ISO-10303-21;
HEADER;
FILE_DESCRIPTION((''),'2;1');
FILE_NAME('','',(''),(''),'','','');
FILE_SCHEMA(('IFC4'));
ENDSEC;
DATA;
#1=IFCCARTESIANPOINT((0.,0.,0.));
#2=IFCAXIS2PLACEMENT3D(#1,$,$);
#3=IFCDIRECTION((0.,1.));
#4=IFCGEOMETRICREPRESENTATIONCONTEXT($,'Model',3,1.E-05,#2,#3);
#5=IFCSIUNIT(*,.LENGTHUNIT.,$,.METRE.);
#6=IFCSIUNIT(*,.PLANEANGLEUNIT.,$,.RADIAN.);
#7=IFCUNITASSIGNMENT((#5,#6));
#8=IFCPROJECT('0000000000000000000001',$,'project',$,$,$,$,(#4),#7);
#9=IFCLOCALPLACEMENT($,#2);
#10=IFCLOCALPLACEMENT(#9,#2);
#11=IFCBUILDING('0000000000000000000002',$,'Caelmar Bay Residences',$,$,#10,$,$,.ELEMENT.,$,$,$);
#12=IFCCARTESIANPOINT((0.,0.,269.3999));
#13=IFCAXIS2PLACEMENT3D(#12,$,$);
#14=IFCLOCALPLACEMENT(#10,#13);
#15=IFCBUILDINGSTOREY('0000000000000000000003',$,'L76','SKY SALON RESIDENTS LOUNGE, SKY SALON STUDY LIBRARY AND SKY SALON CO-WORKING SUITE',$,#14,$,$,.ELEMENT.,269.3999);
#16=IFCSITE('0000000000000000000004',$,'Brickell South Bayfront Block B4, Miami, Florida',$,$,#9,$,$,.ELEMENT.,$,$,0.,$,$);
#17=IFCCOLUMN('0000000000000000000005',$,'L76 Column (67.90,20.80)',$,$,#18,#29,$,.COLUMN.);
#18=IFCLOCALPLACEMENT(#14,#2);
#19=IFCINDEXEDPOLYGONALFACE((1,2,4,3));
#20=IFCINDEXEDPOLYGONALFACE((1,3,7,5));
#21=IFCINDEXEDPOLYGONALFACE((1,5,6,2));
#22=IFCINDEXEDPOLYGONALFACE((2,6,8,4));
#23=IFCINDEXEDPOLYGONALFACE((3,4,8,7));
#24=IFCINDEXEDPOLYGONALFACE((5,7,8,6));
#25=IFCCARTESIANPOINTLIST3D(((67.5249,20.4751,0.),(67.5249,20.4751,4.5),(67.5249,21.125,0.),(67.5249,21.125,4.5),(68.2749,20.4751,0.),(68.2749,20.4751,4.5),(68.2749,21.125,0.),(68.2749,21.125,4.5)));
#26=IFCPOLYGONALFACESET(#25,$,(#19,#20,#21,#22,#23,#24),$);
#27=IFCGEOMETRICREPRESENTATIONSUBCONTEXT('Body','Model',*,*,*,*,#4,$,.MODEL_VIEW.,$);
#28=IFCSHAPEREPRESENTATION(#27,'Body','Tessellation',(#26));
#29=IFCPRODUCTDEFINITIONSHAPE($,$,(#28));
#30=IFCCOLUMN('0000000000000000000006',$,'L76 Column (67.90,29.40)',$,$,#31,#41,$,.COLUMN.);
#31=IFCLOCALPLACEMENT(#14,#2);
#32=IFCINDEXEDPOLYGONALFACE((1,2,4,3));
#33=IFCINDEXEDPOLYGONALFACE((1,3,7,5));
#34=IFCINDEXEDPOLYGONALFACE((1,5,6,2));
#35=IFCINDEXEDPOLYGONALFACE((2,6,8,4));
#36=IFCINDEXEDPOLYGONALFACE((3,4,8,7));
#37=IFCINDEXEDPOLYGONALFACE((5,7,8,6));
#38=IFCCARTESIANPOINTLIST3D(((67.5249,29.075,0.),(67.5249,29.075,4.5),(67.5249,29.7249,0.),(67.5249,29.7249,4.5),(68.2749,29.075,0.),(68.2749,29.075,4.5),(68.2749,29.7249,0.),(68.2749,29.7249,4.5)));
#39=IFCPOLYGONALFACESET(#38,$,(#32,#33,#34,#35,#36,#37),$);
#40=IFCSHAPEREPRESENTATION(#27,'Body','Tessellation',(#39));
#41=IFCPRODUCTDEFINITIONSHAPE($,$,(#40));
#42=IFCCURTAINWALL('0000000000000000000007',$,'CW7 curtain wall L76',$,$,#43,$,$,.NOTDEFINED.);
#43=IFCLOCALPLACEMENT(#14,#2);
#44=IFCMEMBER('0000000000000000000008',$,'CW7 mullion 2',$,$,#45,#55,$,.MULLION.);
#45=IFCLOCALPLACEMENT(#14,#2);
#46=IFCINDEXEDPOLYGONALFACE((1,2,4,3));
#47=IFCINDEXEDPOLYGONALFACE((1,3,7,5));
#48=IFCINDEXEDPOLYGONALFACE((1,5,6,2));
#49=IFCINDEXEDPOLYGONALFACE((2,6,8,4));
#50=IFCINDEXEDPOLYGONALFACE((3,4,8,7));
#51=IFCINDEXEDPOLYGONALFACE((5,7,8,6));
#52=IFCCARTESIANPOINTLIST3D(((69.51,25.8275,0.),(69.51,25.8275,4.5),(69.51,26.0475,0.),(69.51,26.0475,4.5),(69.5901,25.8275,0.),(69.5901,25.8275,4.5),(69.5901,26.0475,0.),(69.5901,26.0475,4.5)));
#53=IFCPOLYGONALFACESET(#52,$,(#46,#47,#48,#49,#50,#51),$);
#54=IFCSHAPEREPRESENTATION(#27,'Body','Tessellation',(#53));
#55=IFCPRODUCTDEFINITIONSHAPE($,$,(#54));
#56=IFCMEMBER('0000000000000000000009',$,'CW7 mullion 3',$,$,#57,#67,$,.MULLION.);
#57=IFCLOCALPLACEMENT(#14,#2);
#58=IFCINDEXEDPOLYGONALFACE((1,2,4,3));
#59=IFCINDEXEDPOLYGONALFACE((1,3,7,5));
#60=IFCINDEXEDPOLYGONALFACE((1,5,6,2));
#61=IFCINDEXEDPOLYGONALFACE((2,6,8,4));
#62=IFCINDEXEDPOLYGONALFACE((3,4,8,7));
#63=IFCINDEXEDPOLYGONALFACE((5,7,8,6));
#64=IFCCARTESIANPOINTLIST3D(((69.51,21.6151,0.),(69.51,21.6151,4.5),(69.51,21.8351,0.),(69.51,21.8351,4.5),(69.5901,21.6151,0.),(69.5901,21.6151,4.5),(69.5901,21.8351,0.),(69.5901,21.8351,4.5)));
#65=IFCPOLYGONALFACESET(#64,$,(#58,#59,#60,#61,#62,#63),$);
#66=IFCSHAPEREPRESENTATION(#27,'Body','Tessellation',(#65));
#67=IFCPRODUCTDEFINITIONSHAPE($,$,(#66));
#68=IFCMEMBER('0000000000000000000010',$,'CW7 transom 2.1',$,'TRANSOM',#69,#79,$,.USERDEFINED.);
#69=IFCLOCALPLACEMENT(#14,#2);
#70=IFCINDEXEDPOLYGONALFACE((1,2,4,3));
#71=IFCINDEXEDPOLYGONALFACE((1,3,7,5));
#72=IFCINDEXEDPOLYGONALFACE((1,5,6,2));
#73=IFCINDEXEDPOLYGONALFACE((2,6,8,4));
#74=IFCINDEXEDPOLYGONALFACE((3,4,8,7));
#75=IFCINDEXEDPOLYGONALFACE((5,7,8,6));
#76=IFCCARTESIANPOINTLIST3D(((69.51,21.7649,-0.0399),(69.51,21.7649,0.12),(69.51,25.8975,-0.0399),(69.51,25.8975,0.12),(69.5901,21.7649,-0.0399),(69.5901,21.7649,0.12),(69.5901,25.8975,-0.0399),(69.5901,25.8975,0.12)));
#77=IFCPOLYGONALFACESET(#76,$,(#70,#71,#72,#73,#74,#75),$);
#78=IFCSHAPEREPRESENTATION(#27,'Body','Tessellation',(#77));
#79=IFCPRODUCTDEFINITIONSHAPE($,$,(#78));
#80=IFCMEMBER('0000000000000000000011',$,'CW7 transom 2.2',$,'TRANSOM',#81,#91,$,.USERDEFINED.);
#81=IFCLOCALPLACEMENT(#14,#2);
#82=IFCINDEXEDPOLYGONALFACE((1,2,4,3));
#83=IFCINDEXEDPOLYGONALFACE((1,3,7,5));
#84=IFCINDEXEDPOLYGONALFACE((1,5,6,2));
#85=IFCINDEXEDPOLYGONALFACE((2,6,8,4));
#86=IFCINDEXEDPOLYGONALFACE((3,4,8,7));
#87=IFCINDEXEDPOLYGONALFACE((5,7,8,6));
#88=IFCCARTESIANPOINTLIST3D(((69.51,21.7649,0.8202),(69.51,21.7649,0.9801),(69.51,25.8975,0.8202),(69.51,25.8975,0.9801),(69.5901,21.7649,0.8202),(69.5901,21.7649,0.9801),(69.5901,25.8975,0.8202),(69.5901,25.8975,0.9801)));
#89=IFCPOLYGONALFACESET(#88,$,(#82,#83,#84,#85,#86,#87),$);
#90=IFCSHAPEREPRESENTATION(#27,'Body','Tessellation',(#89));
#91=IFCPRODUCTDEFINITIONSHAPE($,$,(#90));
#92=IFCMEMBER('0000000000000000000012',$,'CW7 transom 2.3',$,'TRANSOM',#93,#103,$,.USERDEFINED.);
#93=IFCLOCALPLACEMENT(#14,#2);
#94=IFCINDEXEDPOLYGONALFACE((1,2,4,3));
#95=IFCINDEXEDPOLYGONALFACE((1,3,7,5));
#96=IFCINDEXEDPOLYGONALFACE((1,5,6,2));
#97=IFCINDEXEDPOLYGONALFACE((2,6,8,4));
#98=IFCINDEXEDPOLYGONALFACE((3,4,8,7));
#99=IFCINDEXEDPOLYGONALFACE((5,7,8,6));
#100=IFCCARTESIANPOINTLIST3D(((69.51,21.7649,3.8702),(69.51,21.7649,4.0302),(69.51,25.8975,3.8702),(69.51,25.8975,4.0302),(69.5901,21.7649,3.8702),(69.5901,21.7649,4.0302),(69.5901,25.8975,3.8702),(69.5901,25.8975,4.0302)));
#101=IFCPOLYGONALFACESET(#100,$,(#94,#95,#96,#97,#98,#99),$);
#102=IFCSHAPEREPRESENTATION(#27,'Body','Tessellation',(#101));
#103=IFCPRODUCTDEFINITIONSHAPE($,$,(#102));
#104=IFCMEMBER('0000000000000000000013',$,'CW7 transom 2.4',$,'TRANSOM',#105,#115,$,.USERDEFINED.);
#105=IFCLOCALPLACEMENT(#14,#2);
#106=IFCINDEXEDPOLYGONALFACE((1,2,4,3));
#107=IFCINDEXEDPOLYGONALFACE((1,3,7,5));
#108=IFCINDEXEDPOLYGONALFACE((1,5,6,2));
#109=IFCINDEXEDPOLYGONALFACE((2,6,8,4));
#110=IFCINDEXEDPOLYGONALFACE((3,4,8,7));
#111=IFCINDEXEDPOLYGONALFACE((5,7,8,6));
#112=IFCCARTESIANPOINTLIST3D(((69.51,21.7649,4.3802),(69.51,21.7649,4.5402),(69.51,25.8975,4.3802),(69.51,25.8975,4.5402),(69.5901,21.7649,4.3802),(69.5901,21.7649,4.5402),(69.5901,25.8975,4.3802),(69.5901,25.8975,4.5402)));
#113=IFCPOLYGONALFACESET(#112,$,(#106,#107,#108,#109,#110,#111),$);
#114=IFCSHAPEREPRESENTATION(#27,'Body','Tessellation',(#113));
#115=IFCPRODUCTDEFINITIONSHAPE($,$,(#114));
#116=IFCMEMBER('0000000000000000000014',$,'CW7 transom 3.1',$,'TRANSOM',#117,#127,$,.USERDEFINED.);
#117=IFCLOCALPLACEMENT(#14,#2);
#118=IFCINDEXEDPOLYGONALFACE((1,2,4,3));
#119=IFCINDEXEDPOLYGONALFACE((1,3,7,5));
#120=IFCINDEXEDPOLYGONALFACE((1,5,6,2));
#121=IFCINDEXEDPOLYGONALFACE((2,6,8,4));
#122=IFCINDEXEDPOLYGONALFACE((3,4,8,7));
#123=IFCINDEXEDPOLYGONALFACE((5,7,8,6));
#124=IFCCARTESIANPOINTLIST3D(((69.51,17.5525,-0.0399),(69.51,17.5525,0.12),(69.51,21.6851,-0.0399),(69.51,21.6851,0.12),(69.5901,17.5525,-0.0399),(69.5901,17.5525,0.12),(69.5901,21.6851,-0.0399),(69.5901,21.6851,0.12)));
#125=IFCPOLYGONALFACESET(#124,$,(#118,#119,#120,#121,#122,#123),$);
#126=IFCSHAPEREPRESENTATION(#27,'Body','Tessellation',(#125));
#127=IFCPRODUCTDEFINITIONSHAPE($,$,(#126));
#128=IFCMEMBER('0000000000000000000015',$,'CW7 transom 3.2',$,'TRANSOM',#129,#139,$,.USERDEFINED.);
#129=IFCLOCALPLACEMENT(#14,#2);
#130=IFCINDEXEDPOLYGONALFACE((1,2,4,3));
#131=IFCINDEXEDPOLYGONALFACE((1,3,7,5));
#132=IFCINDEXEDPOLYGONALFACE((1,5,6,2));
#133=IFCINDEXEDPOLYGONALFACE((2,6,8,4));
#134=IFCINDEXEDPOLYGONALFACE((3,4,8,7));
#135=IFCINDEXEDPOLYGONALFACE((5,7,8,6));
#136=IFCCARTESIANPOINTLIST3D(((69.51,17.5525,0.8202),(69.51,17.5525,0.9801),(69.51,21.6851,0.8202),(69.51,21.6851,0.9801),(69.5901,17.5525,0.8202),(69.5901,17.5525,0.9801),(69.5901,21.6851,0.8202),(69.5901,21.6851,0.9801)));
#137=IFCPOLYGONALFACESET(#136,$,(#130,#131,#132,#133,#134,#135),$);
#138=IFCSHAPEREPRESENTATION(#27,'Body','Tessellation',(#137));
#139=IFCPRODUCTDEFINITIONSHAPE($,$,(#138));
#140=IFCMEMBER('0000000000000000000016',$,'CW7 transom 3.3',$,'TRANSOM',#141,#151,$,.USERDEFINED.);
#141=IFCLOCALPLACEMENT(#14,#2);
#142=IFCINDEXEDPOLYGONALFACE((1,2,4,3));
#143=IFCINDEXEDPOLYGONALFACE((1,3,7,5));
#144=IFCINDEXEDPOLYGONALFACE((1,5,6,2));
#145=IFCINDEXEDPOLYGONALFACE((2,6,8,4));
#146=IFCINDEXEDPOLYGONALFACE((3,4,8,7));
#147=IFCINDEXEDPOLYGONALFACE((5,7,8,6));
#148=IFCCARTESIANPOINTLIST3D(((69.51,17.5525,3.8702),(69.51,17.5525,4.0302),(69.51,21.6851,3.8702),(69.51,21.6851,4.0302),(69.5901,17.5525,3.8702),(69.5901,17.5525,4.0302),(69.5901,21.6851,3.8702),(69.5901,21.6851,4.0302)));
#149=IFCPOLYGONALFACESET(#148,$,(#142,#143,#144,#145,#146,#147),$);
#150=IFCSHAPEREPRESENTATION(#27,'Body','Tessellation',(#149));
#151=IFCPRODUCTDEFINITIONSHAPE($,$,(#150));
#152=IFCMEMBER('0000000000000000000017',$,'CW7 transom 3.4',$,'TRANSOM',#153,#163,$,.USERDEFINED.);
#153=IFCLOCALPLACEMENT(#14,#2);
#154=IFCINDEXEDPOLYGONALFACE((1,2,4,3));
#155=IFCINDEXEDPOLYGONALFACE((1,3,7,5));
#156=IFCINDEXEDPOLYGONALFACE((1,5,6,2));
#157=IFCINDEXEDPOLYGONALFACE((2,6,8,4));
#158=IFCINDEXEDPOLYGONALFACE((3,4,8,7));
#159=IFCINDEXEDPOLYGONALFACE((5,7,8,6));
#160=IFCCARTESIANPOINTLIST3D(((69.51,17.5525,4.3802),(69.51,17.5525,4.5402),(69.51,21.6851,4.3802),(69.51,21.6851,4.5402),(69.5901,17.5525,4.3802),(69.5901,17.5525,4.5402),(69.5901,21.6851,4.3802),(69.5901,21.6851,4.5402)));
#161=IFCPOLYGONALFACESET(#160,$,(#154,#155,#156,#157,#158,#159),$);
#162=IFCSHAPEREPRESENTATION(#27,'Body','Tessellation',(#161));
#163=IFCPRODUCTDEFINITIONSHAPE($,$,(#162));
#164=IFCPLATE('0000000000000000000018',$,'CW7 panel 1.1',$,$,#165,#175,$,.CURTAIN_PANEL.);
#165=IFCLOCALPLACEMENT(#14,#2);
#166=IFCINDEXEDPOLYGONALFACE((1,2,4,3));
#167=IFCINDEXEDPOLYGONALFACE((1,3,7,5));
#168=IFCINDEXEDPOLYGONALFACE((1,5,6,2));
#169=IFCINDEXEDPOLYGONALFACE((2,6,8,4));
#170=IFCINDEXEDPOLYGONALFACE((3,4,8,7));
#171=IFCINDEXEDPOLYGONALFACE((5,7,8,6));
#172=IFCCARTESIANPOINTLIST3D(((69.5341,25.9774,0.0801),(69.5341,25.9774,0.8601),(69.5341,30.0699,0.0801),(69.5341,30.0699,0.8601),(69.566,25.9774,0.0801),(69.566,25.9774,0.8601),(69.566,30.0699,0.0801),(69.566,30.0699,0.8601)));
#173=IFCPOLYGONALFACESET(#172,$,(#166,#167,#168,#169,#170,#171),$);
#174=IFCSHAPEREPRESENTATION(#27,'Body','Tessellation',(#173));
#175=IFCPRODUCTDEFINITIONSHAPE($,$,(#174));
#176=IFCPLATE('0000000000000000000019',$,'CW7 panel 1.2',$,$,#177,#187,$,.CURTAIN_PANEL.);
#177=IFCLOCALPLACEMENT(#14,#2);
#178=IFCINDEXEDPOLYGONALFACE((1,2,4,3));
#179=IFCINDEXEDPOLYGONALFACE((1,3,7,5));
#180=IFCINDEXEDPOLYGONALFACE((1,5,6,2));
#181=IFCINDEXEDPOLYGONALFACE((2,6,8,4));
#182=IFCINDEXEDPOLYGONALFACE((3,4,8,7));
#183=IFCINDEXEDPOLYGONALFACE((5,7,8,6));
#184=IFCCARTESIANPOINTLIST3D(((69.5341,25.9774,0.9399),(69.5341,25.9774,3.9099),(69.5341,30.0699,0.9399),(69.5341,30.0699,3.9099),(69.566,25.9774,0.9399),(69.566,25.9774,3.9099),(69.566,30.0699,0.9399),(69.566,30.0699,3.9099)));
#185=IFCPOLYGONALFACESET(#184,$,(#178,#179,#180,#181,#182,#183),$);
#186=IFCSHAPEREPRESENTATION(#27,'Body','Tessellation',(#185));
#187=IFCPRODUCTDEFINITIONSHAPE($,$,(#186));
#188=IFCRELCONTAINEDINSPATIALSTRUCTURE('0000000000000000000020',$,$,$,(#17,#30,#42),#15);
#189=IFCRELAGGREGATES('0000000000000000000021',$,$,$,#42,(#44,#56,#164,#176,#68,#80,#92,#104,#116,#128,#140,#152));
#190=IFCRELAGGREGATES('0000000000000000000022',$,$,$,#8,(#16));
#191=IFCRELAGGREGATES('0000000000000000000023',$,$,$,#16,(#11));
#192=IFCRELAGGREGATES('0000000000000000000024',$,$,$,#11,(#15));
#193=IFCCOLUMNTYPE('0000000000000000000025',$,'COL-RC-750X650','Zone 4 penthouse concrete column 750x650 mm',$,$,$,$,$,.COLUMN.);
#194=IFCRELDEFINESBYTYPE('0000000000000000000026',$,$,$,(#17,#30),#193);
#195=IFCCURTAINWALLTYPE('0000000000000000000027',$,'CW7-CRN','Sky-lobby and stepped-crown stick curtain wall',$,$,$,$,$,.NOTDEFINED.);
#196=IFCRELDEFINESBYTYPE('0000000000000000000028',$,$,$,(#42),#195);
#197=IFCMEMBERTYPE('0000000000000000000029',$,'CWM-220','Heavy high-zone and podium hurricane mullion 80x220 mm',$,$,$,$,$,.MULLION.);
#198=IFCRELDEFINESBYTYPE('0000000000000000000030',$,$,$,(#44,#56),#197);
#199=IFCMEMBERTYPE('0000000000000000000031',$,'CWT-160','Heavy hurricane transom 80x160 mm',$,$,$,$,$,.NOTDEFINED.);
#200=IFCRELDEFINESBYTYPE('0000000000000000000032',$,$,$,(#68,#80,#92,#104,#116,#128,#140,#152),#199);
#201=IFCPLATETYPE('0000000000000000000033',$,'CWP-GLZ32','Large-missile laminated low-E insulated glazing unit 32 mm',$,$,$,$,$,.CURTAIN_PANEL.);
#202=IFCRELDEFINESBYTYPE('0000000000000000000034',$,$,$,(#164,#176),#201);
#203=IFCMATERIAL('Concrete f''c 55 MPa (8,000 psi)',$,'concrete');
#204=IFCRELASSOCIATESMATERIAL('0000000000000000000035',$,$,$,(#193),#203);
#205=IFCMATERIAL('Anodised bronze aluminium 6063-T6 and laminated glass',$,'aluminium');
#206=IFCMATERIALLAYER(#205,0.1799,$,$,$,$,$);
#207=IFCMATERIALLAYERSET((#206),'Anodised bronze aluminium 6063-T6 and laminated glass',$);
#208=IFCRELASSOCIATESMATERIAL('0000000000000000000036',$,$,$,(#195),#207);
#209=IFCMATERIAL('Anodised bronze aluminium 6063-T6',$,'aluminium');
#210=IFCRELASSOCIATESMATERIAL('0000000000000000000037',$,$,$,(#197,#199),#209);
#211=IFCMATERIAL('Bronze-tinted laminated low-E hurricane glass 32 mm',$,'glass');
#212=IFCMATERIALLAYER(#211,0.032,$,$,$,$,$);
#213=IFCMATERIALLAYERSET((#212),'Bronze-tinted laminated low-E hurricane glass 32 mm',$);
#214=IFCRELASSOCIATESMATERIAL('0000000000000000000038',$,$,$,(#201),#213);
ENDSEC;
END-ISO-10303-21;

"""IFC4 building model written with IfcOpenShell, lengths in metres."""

from ifc_helpers import new_model, si_unit, direction, frame, origin, origin_2d, place, context, subcontext, project, spatial, rectangle, extrude, material, layer, layer_set, material_profile, profile_set, type_object, element, aggregate, save


model = new_model("IFC4")

# Units and contexts
model_context = context("Model", 3, precision=1e-05, world=origin(), true_north=direction((0.0, 1.0)))
body_context = subcontext(model_context, "Body", "Model", "MODEL_VIEW")
ifc_project = project(units=[si_unit("LENGTHUNIT", "METRE"), si_unit("PLANEANGLEUNIT", "RADIAN")], contexts=[model_context])

# Site, building, storey
site_placement = place(None, origin())
site = spatial("IfcSite", under=ifc_project, at=site_placement, Name="Brickell South Bayfront Block B4, Miami, Florida", CompositionType="ELEMENT", RefElevation=0.0)
building_placement = place(site_placement, origin())
building = spatial("IfcBuilding", under=site, at=building_placement, Name="Caelmar Bay Residences", CompositionType="ELEMENT")
storey_placement = place(building_placement, frame((0.0, 0.0, 269.3999)))
storey = spatial("IfcBuildingStorey", under=building, at=storey_placement, Name="L76", Description="SKY SALON RESIDENTS LOUNGE, SKY SALON STUDY LIBRARY AND SKY SALON CO-WORKING SUITE", CompositionType="ELEMENT", Elevation=269.3999)

# Columns
ifc_material_1 = material(Name="Concrete f'c 55 MPa (8,000 psi)", Category="concrete")
ifc_material_profile_1 = material_profile(ifc_material_1, rectangle(XDim=0.75, YDim=0.6499, at=origin_2d()), Name="RC-COL-750X650")
ifc_profile_set_1 = profile_set([ifc_material_profile_1], Name="Concrete f'c 55 MPa (8,000 psi)")
column_type = type_object("IfcColumnType", Name="COL-RC-750X650", Description="Zone 4 penthouse concrete column 750x650 mm", PredefinedType="COLUMN", material=ifc_profile_set_1)
for number, where, z_axis, x_axis, name in (
    (1, (67.8999, 20.8, 0.0), (0.0, 0.0, 1.0), (1.0, 0.0, 0.0), "L76 Column (67.90,20.80)"),
    (2, (67.8999, 29.3999, 0.0), (0.0, 0.0, 1.0), (1.0, 0.0, 0.0), "L76 Column (67.90,29.40)"),
):
    element("IfcColumn", number, at=place(storey_placement, frame(where, z_axis=z_axis, x_axis=x_axis)), inside=storey, type_object=column_type, Name=name, PredefinedType="COLUMN", context=body_context, shape_type="SweptSolid", body=[
        extrude(rectangle(XDim=0.75, YDim=0.6499, at=origin_2d()), origin(), (0.0, 0.0, 1.0), 4.5),
    ])

# Curtain wall, members, plates
ifc_material_2 = material(Name="Anodised bronze aluminium 6063-T6 and laminated glass", Category="aluminium")
ifc_layer_1 = layer(ifc_material_2, 0.1799)
ifc_layer_set_1 = layer_set([ifc_layer_1], Name="Anodised bronze aluminium 6063-T6 and laminated glass")
curtain_wall_type = type_object("IfcCurtainWallType", Name="CW7-CRN", Description="Sky-lobby and stepped-crown stick curtain wall", PredefinedType="NOTDEFINED", material=ifc_layer_set_1)
curtain_wall_placement = place(storey_placement, origin())
curtain_wall = element("IfcCurtainWall", 3, at=curtain_wall_placement, inside=storey, type_object=curtain_wall_type, Name="CW7 curtain wall L76", PredefinedType="NOTDEFINED")
ifc_material_3 = material(Name="Anodised bronze aluminium 6063-T6", Category="aluminium")
ifc_material_profile_2 = material_profile(ifc_material_3, rectangle(XDim=0.0801, YDim=0.22, at=origin_2d()), Name="CWM-80X220")
ifc_profile_set_2 = profile_set([ifc_material_profile_2], Name="Anodised bronze aluminium 6063-T6")
member_type_1 = type_object("IfcMemberType", Name="CWM-220", Description="Heavy high-zone and podium hurricane mullion 80x220 mm", PredefinedType="MULLION", material=ifc_profile_set_2)
member_1_placement = place(storey_placement, frame((69.55, 25.9375, 0.0), z_axis=(0.0, 0.0, 1.0), x_axis=(1.0, 0.0, 0.0)))
member_1 = element("IfcMember", 4, at=member_1_placement, type_object=member_type_1, Name="CW7 mullion 2", PredefinedType="MULLION", context=body_context, shape_type="SweptSolid", body=[
    extrude(rectangle(XDim=0.0801, YDim=0.22, at=origin_2d()), origin(), (0.0, 0.0, 1.0), 4.5),
])
member_2_placement = place(storey_placement, frame((69.55, 21.7251, 0.0), z_axis=(0.0, 0.0, 1.0), x_axis=(1.0, 0.0, 0.0)))
member_2 = element("IfcMember", 5, at=member_2_placement, type_object=member_type_1, Name="CW7 mullion 3", PredefinedType="MULLION", context=body_context, shape_type="SweptSolid", body=[
    extrude(rectangle(XDim=0.0801, YDim=0.22, at=origin_2d()), origin(), (0.0, 0.0, 1.0), 4.5),
])
ifc_material_profile_3 = material_profile(ifc_material_3, rectangle(XDim=0.0801, YDim=0.1599, at=origin_2d()), Name="CWT-80X160")
ifc_profile_set_3 = profile_set([ifc_material_profile_3], Name="Anodised bronze aluminium 6063-T6")
member_type_2 = type_object("IfcMemberType", Name="CWT-160", Description="Heavy hurricane transom 80x160 mm", PredefinedType="NOTDEFINED", material=ifc_profile_set_3)
member_3_placement = place(storey_placement, frame((69.55, 25.8975, 0.04), z_axis=(0.0, -1.0, 0.0), x_axis=(1.0, 0.0, 0.0)))
member_3 = element("IfcMember", 6, at=member_3_placement, type_object=member_type_2, Name="CW7 transom 2.1", ObjectType="TRANSOM", PredefinedType="USERDEFINED", context=body_context, shape_type="SweptSolid", body=[
    extrude(rectangle(XDim=0.0801, YDim=0.1599, at=origin_2d()), origin(), (0.0, 0.0, 1.0), 4.1326),
])
member_4_placement = place(storey_placement, frame((69.55, 25.8975, 0.9001), z_axis=(0.0, -1.0, 0.0), x_axis=(1.0, 0.0, 0.0)))
member_4 = element("IfcMember", 7, at=member_4_placement, type_object=member_type_2, Name="CW7 transom 2.2", ObjectType="TRANSOM", PredefinedType="USERDEFINED", context=body_context, shape_type="SweptSolid", body=[
    extrude(rectangle(XDim=0.0801, YDim=0.1599, at=origin_2d()), origin(), (0.0, 0.0, 1.0), 4.1326),
])
member_5_placement = place(storey_placement, frame((69.55, 25.8975, 3.9502), z_axis=(0.0, -1.0, 0.0), x_axis=(1.0, 0.0, 0.0)))
member_5 = element("IfcMember", 8, at=member_5_placement, type_object=member_type_2, Name="CW7 transom 2.3", ObjectType="TRANSOM", PredefinedType="USERDEFINED", context=body_context, shape_type="SweptSolid", body=[
    extrude(rectangle(XDim=0.0801, YDim=0.1599, at=origin_2d()), origin(), (0.0, 0.0, 1.0), 4.1326),
])
member_6_placement = place(storey_placement, frame((69.55, 25.8975, 4.4602), z_axis=(0.0, -1.0, 0.0), x_axis=(1.0, 0.0, 0.0)))
member_6 = element("IfcMember", 9, at=member_6_placement, type_object=member_type_2, Name="CW7 transom 2.4", ObjectType="TRANSOM", PredefinedType="USERDEFINED", context=body_context, shape_type="SweptSolid", body=[
    extrude(rectangle(XDim=0.0801, YDim=0.1599, at=origin_2d()), origin(), (0.0, 0.0, 1.0), 4.1326),
])
member_7_placement = place(storey_placement, frame((69.55, 21.6851, 0.04), z_axis=(0.0, -1.0, 0.0), x_axis=(1.0, 0.0, 0.0)))
member_7 = element("IfcMember", 10, at=member_7_placement, type_object=member_type_2, Name="CW7 transom 3.1", ObjectType="TRANSOM", PredefinedType="USERDEFINED", context=body_context, shape_type="SweptSolid", body=[
    extrude(rectangle(XDim=0.0801, YDim=0.1599, at=origin_2d()), origin(), (0.0, 0.0, 1.0), 4.1326),
])
member_8_placement = place(storey_placement, frame((69.55, 21.6851, 0.9001), z_axis=(0.0, -1.0, 0.0), x_axis=(1.0, 0.0, 0.0)))
member_8 = element("IfcMember", 11, at=member_8_placement, type_object=member_type_2, Name="CW7 transom 3.2", ObjectType="TRANSOM", PredefinedType="USERDEFINED", context=body_context, shape_type="SweptSolid", body=[
    extrude(rectangle(XDim=0.0801, YDim=0.1599, at=origin_2d()), origin(), (0.0, 0.0, 1.0), 4.1326),
])
member_9_placement = place(storey_placement, frame((69.55, 21.6851, 3.9502), z_axis=(0.0, -1.0, 0.0), x_axis=(1.0, 0.0, 0.0)))
member_9 = element("IfcMember", 12, at=member_9_placement, type_object=member_type_2, Name="CW7 transom 3.3", ObjectType="TRANSOM", PredefinedType="USERDEFINED", context=body_context, shape_type="SweptSolid", body=[
    extrude(rectangle(XDim=0.0801, YDim=0.1599, at=origin_2d()), origin(), (0.0, 0.0, 1.0), 4.1326),
])
member_10_placement = place(storey_placement, frame((69.55, 21.6851, 4.4602), z_axis=(0.0, -1.0, 0.0), x_axis=(1.0, 0.0, 0.0)))
member_10 = element("IfcMember", 13, at=member_10_placement, type_object=member_type_2, Name="CW7 transom 3.4", ObjectType="TRANSOM", PredefinedType="USERDEFINED", context=body_context, shape_type="SweptSolid", body=[
    extrude(rectangle(XDim=0.0801, YDim=0.1599, at=origin_2d()), origin(), (0.0, 0.0, 1.0), 4.1326),
])
ifc_material_4 = material(Name="Bronze-tinted laminated low-E hurricane glass 32 mm", Category="glass")
ifc_layer_2 = layer(ifc_material_4, 0.032)
ifc_layer_set_2 = layer_set([ifc_layer_2], Name="Bronze-tinted laminated low-E hurricane glass 32 mm")
plate_type = type_object("IfcPlateType", Name="CWP-GLZ32", Description="Large-missile laminated low-E insulated glazing unit 32 mm", PredefinedType="CURTAIN_PANEL", material=ifc_layer_set_2)
plate_1_placement = place(storey_placement, frame((69.55, 28.0237, 0.0801), z_axis=(0.0, 0.0, 1.0), x_axis=(0.0, -1.0, 0.0)))
plate_1 = element("IfcPlate", 14, at=plate_1_placement, type_object=plate_type, Name="CW7 panel 1.1", PredefinedType="CURTAIN_PANEL", context=body_context, shape_type="SweptSolid", body=[
    extrude(rectangle(XDim=4.0925, YDim=0.032, at=origin_2d()), origin(), (0.0, 0.0, 1.0), 0.78),
])
plate_2_placement = place(storey_placement, frame((69.55, 28.0237, 0.9399), z_axis=(0.0, 0.0, 1.0), x_axis=(0.0, -1.0, 0.0)))
plate_2 = element("IfcPlate", 15, at=plate_2_placement, type_object=plate_type, Name="CW7 panel 1.2", PredefinedType="CURTAIN_PANEL", context=body_context, shape_type="SweptSolid", body=[
    extrude(rectangle(XDim=4.0925, YDim=0.032, at=origin_2d()), origin(), (0.0, 0.0, 1.0), 2.97),
])
aggregate(curtain_wall, [member_1, member_2, plate_1, plate_2, member_3, member_4, member_5, member_6, member_7, member_8, member_9, member_10])

save(model, "model.ifc")
